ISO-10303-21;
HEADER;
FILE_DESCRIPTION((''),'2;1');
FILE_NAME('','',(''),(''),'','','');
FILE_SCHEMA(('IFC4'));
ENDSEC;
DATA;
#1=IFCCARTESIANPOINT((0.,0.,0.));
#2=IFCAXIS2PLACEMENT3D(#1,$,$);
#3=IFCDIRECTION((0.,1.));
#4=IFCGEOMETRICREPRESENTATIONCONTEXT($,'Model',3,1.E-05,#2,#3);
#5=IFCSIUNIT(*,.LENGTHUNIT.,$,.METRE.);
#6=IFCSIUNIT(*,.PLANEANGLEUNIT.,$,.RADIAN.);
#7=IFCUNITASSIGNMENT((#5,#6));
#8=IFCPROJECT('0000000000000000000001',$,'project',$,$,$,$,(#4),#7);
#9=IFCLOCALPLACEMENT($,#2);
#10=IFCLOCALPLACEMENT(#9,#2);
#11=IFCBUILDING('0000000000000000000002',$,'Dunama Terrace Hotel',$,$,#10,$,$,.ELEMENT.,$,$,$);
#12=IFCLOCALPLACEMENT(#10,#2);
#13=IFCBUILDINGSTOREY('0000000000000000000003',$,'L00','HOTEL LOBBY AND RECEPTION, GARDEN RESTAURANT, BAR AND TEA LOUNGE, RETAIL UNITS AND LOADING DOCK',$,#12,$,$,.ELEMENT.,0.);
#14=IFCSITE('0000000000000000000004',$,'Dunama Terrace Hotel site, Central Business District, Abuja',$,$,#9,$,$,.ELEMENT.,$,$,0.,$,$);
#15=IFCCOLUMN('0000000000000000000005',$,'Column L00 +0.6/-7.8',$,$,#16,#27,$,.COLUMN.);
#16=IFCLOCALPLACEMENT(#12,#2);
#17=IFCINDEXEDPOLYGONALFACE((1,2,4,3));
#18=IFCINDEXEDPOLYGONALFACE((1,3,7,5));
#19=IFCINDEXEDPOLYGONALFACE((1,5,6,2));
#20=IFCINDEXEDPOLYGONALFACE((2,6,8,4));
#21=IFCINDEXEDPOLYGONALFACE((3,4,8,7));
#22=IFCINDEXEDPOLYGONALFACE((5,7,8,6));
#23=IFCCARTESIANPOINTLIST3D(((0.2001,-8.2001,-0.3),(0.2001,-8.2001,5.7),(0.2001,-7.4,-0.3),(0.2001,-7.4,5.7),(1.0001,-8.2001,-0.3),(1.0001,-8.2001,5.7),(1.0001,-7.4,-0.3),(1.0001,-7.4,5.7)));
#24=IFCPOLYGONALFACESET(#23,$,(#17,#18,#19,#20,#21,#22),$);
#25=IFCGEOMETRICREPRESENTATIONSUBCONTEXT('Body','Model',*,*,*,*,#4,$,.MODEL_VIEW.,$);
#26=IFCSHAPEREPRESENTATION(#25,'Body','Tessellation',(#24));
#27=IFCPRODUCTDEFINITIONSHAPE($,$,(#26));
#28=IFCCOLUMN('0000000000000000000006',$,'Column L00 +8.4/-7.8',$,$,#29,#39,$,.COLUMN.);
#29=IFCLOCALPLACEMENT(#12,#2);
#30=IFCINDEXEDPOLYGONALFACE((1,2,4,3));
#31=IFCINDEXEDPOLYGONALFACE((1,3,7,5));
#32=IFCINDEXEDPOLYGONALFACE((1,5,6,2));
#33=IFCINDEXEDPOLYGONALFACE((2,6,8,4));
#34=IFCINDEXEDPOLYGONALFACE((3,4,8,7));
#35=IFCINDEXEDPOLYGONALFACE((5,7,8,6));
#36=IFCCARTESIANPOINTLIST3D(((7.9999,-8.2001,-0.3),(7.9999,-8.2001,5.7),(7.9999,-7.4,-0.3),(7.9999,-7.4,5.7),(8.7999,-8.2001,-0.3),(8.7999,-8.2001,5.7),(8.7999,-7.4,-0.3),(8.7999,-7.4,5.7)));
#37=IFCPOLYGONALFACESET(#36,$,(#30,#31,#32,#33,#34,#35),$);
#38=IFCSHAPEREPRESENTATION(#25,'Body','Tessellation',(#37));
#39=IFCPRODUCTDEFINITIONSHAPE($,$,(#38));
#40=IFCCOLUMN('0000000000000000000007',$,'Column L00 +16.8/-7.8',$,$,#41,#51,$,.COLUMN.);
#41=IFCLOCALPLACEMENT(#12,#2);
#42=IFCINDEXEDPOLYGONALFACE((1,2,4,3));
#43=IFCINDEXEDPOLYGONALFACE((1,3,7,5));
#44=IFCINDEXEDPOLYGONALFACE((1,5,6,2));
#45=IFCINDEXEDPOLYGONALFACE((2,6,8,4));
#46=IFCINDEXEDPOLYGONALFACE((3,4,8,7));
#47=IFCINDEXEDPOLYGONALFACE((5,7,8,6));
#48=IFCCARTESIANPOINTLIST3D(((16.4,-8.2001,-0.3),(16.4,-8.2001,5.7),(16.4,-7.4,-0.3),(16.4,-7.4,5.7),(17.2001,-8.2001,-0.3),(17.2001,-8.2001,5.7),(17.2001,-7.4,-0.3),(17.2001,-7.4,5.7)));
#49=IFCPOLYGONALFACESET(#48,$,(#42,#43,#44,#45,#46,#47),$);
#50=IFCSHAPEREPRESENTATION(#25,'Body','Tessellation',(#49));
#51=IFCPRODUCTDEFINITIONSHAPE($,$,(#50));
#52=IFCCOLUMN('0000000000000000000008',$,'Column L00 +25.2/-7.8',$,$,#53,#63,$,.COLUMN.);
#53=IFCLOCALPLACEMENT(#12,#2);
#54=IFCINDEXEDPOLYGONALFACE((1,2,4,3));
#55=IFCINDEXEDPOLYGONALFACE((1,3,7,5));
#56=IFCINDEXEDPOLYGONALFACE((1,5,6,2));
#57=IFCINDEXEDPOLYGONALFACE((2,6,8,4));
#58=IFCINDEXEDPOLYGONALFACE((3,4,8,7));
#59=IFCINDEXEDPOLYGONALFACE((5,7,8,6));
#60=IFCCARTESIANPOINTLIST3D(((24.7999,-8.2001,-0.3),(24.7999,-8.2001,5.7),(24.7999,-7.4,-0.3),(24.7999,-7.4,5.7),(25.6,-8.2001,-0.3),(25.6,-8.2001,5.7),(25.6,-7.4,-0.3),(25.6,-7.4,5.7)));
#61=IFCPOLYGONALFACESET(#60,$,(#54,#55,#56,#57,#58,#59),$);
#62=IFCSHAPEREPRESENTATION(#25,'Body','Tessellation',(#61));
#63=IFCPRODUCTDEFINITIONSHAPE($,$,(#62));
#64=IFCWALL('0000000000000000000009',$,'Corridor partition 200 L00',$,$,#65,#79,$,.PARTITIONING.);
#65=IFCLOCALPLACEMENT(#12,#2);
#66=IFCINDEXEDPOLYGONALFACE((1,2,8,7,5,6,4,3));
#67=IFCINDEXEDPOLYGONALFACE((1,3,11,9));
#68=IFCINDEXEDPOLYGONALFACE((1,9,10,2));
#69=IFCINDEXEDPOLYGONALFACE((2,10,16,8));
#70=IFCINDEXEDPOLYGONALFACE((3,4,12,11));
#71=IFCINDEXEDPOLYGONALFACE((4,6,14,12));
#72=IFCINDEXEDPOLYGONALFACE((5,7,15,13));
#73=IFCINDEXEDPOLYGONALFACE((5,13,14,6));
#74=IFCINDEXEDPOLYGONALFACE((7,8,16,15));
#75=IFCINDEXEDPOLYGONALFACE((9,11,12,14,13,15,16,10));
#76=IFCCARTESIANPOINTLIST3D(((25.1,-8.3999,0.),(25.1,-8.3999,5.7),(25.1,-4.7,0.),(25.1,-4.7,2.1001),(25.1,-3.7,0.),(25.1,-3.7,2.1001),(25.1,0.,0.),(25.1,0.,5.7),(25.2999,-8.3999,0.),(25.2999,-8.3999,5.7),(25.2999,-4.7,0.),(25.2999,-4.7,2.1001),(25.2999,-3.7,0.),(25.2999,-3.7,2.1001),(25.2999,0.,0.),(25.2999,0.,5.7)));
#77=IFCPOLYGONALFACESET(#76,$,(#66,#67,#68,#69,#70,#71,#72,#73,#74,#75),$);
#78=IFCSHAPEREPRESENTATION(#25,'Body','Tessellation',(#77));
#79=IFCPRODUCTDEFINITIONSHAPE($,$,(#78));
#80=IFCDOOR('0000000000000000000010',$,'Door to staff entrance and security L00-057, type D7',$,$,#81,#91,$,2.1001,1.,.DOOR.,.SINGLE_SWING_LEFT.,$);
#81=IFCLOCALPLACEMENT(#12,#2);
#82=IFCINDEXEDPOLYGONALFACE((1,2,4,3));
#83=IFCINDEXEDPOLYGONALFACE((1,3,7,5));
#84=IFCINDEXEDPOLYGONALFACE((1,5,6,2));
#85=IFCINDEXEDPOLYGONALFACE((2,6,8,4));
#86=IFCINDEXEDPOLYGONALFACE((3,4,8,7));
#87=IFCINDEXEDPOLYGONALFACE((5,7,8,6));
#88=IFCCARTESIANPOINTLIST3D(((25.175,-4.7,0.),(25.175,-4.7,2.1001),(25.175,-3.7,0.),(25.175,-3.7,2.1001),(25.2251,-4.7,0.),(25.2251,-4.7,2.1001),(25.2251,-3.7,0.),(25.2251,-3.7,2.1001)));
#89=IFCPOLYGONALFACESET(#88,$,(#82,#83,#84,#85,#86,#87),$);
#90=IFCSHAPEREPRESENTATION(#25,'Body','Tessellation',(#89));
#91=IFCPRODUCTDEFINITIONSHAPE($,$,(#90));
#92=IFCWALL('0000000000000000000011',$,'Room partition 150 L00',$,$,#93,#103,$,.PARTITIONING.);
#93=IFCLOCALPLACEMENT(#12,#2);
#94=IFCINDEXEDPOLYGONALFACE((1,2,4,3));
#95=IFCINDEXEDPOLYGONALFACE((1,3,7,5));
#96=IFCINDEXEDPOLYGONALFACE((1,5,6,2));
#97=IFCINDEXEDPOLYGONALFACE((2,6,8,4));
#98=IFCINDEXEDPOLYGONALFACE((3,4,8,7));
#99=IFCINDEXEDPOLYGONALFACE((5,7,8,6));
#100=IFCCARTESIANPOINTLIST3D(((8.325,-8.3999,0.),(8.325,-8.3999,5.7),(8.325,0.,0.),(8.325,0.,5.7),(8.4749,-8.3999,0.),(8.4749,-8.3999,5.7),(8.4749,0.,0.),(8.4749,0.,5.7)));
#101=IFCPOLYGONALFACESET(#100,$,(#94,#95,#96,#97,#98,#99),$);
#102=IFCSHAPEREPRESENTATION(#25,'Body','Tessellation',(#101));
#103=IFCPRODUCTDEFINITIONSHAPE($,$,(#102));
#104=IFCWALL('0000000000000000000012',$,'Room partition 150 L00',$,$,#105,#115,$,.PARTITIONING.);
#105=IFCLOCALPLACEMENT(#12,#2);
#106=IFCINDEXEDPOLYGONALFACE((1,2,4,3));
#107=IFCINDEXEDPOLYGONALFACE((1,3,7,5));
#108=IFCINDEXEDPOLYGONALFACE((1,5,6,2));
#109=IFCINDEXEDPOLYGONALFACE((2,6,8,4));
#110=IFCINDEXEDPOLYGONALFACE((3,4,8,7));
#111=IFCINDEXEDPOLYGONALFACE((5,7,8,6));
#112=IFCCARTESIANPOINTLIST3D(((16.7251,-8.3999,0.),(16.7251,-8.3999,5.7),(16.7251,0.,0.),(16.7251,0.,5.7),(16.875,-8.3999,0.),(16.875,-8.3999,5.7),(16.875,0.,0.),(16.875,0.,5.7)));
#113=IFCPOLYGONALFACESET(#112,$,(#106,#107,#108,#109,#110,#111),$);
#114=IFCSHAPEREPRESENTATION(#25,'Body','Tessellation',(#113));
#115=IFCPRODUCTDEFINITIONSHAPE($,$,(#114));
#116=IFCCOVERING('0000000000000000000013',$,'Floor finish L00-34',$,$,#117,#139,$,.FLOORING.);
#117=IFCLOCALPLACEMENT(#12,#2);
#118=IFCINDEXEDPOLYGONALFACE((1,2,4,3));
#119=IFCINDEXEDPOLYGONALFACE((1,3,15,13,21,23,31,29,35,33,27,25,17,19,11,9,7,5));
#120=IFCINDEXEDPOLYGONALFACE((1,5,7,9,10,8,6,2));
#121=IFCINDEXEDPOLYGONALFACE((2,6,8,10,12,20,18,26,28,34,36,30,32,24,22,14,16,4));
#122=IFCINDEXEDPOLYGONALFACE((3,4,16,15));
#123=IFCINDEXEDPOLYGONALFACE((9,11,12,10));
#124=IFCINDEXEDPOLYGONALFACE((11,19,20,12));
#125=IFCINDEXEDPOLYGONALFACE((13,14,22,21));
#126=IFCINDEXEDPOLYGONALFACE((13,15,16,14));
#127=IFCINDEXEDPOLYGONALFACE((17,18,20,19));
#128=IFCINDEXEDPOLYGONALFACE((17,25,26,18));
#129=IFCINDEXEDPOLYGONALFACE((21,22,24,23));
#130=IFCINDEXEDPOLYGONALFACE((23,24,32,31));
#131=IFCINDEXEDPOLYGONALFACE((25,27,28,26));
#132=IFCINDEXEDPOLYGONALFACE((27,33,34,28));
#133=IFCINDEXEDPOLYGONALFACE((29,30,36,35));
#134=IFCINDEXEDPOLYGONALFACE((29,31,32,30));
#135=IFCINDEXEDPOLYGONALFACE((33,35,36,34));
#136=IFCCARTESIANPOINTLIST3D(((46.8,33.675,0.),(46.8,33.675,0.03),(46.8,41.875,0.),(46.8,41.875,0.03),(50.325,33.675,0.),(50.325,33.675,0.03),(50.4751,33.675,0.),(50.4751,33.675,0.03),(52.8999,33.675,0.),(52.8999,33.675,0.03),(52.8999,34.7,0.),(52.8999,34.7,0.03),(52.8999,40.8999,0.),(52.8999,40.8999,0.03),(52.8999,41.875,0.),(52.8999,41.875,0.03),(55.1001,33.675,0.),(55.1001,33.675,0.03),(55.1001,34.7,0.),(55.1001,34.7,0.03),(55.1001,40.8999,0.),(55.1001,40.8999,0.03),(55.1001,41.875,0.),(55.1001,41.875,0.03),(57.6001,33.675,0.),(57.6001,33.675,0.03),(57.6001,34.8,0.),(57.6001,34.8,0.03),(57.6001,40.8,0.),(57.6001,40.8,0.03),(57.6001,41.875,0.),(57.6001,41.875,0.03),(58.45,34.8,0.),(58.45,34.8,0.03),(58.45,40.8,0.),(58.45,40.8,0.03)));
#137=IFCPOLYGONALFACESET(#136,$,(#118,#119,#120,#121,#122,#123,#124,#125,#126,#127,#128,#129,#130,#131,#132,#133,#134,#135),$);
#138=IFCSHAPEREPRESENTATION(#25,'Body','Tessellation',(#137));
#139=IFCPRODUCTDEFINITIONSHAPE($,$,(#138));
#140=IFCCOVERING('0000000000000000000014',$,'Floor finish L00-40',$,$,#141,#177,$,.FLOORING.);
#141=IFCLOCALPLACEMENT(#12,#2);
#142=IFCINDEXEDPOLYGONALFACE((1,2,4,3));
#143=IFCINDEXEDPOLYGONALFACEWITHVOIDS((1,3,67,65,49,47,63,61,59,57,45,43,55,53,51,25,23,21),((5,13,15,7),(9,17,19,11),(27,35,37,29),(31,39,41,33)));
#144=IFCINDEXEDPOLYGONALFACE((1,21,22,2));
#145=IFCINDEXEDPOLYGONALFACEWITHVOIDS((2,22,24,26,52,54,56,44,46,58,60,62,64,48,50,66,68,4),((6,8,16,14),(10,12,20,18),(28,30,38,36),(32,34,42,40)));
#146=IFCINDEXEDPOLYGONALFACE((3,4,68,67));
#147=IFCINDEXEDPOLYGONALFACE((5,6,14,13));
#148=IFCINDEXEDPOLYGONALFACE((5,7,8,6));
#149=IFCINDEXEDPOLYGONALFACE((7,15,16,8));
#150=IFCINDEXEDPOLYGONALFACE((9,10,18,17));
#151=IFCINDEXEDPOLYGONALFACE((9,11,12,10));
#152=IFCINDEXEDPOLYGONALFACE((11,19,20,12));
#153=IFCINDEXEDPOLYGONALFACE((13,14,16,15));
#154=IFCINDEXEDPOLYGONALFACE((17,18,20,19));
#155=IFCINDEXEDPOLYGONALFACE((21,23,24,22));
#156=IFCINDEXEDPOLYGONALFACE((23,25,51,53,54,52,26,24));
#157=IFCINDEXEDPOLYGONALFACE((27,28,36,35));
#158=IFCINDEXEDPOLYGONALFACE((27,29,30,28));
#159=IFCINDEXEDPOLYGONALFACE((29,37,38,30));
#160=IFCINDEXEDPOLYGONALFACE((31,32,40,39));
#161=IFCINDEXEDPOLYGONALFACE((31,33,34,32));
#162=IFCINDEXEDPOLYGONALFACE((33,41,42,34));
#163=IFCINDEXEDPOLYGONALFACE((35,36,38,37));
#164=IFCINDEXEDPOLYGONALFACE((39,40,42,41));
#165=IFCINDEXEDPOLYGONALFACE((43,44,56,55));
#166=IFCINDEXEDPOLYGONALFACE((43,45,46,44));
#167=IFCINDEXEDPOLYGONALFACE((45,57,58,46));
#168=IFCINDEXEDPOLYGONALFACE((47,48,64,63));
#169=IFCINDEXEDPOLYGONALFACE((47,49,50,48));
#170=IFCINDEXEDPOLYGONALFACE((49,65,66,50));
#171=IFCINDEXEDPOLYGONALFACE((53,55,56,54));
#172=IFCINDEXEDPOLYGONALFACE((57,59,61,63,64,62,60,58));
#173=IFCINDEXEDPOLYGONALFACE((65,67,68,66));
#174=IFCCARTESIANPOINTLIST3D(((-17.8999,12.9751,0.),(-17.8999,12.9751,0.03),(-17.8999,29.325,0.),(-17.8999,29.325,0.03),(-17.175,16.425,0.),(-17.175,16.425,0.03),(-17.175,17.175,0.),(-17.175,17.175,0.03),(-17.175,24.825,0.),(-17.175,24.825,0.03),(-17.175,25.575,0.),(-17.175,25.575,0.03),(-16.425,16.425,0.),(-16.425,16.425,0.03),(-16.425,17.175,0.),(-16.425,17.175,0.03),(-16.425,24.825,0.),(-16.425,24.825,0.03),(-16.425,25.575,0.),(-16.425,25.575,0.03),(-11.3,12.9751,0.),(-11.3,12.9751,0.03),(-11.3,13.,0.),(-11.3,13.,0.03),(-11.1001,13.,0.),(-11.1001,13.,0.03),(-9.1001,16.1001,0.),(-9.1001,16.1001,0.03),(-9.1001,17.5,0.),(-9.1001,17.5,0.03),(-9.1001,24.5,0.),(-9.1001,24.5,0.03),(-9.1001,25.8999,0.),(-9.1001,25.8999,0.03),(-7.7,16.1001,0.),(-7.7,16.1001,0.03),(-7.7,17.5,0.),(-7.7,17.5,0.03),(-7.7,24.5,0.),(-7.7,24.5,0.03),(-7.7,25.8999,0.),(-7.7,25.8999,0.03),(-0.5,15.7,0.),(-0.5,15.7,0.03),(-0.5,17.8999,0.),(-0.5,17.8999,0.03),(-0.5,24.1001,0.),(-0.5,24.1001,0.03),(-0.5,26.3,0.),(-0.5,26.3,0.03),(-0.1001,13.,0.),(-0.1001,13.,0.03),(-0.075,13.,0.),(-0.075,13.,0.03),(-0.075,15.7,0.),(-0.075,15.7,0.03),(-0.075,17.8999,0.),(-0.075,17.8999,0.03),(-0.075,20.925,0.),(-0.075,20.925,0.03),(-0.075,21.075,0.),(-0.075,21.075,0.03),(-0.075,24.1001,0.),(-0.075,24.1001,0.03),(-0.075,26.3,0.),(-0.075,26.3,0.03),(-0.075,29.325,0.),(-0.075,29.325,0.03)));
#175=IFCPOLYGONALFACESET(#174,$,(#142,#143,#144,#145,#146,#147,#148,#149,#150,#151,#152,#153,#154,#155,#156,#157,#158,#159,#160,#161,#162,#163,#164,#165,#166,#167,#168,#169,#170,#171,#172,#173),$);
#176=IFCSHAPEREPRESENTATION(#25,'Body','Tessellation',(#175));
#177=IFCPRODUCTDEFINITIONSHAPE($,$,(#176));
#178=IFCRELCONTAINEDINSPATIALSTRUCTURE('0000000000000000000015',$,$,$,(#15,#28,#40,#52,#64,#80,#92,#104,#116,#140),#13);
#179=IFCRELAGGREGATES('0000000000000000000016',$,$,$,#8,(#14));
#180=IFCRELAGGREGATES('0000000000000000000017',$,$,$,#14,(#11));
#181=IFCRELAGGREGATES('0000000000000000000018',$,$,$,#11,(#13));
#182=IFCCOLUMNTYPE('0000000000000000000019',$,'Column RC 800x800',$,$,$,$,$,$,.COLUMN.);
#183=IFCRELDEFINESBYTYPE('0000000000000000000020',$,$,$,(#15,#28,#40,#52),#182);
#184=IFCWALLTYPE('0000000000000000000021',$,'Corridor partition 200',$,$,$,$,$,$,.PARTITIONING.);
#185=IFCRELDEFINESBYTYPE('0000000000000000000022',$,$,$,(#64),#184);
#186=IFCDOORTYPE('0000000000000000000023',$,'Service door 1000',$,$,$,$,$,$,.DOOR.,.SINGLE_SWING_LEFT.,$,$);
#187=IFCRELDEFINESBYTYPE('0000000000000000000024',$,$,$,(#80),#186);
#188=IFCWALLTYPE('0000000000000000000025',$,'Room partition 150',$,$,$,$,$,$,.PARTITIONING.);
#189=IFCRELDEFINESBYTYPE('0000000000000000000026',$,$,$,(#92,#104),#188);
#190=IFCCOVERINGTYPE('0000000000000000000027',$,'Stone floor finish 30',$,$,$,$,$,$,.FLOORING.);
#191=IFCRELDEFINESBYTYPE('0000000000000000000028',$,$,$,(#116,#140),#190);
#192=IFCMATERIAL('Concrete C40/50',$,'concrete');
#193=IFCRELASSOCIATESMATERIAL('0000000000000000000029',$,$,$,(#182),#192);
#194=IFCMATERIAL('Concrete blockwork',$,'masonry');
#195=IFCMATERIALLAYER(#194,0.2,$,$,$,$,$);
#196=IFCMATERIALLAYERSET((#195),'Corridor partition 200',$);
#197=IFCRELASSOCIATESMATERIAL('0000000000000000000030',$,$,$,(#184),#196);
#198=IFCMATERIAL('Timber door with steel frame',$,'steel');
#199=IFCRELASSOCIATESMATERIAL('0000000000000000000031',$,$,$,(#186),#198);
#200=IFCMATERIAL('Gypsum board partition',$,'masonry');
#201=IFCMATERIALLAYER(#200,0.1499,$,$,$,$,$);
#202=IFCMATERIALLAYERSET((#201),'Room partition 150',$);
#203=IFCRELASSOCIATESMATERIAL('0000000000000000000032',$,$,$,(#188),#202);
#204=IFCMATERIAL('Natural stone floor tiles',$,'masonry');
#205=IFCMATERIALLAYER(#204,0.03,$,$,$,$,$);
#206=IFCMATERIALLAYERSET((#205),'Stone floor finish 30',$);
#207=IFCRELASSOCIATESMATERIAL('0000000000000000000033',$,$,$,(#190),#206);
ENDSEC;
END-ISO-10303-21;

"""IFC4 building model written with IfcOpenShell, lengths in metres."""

from ifc_helpers import new_model, si_unit, direction, frame, frame_2d, origin, origin_2d, place, context, subcontext, project, spatial, polyline, rectangle, outline, extrude, material, layer, layer_set, material_profile, profile_set, type_object, element, fill, save


model = new_model("IFC4")

# Units and contexts
model_context = context("Model", 3, precision=1e-05, world=origin(), true_north=direction((0.0, 1.0)))
body_context = subcontext(model_context, "Body", "Model", "MODEL_VIEW")
ifc_project = project(units=[si_unit("LENGTHUNIT", "METRE"), si_unit("PLANEANGLEUNIT", "RADIAN")], contexts=[model_context])

# Site, building, storey
site_placement = place(None, origin())
site = spatial("IfcSite", under=ifc_project, at=site_placement, Name="Dunama Terrace Hotel site, Central Business District, Abuja", CompositionType="ELEMENT", RefElevation=0.0)
building_placement = place(site_placement, origin())
building = spatial("IfcBuilding", under=site, at=building_placement, Name="Dunama Terrace Hotel", CompositionType="ELEMENT")
storey_placement = place(building_placement, origin())
storey = spatial("IfcBuildingStorey", under=building, at=storey_placement, Name="L00", Description="HOTEL LOBBY AND RECEPTION, GARDEN RESTAURANT, BAR AND TEA LOUNGE, RETAIL UNITS AND LOADING DOCK", CompositionType="ELEMENT", Elevation=0.0)

# Columns
ifc_material_1 = material(Name="Concrete C40/50", Category="concrete")
ifc_material_profile = material_profile(ifc_material_1, rectangle(XDim=0.8, YDim=0.8, at=origin_2d()), Name="RC 800x800")
ifc_profile_set = profile_set([ifc_material_profile], Name="Concrete C40/50")
column_type = type_object("IfcColumnType", Name="Column RC 800x800", PredefinedType="COLUMN", material=ifc_profile_set)
for number, where, z_axis, x_axis, name in (
    (1, (0.6001, -7.8, -0.3), (0.0, 0.0, 1.0), (1.0, 0.0, 0.0), "Column L00 +0.6/-7.8"),
    (2, (8.3999, -7.8, -0.3), (0.0, 0.0, 1.0), (1.0, 0.0, 0.0), "Column L00 +8.4/-7.8"),
    (3, (16.8, -7.8, -0.3), (0.0, 0.0, 1.0), (1.0, 0.0, 0.0), "Column L00 +16.8/-7.8"),
    (4, (25.2, -7.8, -0.3), (0.0, 0.0, 1.0), (1.0, 0.0, 0.0), "Column L00 +25.2/-7.8"),
):
    element("IfcColumn", number, at=place(storey_placement, frame(where, z_axis=z_axis, x_axis=x_axis)), inside=storey, type_object=column_type, Name=name, PredefinedType="COLUMN", context=body_context, shape_type="SweptSolid", body=[
        extrude(rectangle(XDim=0.8, YDim=0.8, at=origin_2d()), origin(), (0.0, 0.0, 1.0), 6.0),
    ])

# Wall, opening, door
ifc_material_2 = material(Name="Concrete blockwork", Category="masonry")
ifc_layer_1 = layer(ifc_material_2, 0.2)
ifc_layer_set_1 = layer_set([ifc_layer_1], Name="Corridor partition 200")
wall_type_1 = type_object("IfcWallType", Name="Corridor partition 200", PredefinedType="PARTITIONING", material=ifc_layer_set_1)
wall_placement = place(storey_placement, frame((25.2, -8.3999, 0.0), z_axis=(0.0, 0.0, 1.0), x_axis=(0.0, 1.0, 0.0)))
wall = element("IfcWall", 5, at=wall_placement, inside=storey, type_object=wall_type_1, Name="Corridor partition 200 L00", PredefinedType="PARTITIONING", context=body_context, shape_type="SweptSolid", body=[
    extrude(rectangle(XDim=8.3999, YDim=0.2, at=frame_2d((4.2, 0.0))), origin(), (0.0, 0.0, 1.0), 5.7),
])
opening_placement = place(wall_placement, frame((3.7, 0.0, 0.0)))
opening = element("IfcOpeningElement", 6, at=opening_placement, cuts=wall, PredefinedType="OPENING", context=body_context, shape_type="SweptSolid", body=[
    extrude(rectangle(XDim=1.0, YDim=2.1001, at=frame_2d((0.5, 1.05))), frame((0.0, 0.1099, 0.0), z_axis=(0.0, -1.0, 0.0), x_axis=(1.0, 0.0, 0.0)), (0.0, 0.0, 1.0), 0.22),
])
ifc_material_3 = material(Name="Timber door with steel frame", Category="steel")
door_type = type_object("IfcDoorType", Name="Service door 1000", OperationType="SINGLE_SWING_LEFT", PredefinedType="DOOR", material=ifc_material_3)
door_placement = place(opening_placement, origin())
door = element("IfcDoor", 7, at=door_placement, inside=storey, type_object=door_type, Name="Door to staff entrance and security L00-057, type D7", OperationType="SINGLE_SWING_LEFT", OverallHeight=2.1001, OverallWidth=1.0, PredefinedType="DOOR", context=body_context, shape_type="SweptSolid", body=[
    extrude(rectangle(XDim=1.0, YDim=2.1001, at=frame_2d((0.5, 1.05))), frame((0.0, 0.0249, 0.0), z_axis=(0.0, -1.0, 0.0), x_axis=(1.0, 0.0, 0.0)), (0.0, 0.0, 1.0), 0.05),
])
fill(opening, door)

# Walls
ifc_material_4 = material(Name="Gypsum board partition", Category="masonry")
ifc_layer_2 = layer(ifc_material_4, 0.1499)
ifc_layer_set_2 = layer_set([ifc_layer_2], Name="Room partition 150")
wall_type_2 = type_object("IfcWallType", Name="Room partition 150", PredefinedType="PARTITIONING", material=ifc_layer_set_2)
for number, where, z_axis, x_axis, name in (
    (8, (8.3999, -8.3999, 0.0), (0.0, 0.0, 1.0), (0.0, 1.0, 0.0), "Room partition 150 L00"),
    (9, (16.8, -8.3999, 0.0), (0.0, 0.0, 1.0), (0.0, 1.0, 0.0), "Room partition 150 L00"),
):
    element("IfcWall", number, at=place(storey_placement, frame(where, z_axis=z_axis, x_axis=x_axis)), inside=storey, type_object=wall_type_2, Name=name, PredefinedType="PARTITIONING", context=body_context, shape_type="SweptSolid", body=[
        extrude(rectangle(XDim=8.3999, YDim=0.1499, at=frame_2d((4.2, 0.0))), origin(), (0.0, 0.0, 1.0), 5.7),
    ])

# Coverings
ifc_material_5 = material(Name="Natural stone floor tiles", Category="masonry")
ifc_layer_3 = layer(ifc_material_5, 0.03)
ifc_layer_set_3 = layer_set([ifc_layer_3], Name="Stone floor finish 30")
covering_type_1 = type_object("IfcCoveringType", Name="Stone floor finish 30", PredefinedType="FLOORING", material=ifc_layer_set_3)
covering_1_placement = place(storey_placement, origin())
element("IfcCovering", 10, at=covering_1_placement, inside=storey, type_object=covering_type_1, Name="Floor finish L00-34", PredefinedType="FLOORING", context=body_context, shape_type="SweptSolid", body=[
    extrude(outline(polyline([(52.8999, 33.675), (52.8999, 34.7), (55.1001, 34.7), (55.1001, 33.675), (57.6001, 33.675), (57.6001, 34.8), (58.45, 34.8), (58.45, 40.8), (57.6001, 40.8), (57.6001, 41.875), (55.1001, 41.875), (55.1001, 40.8999), (52.8999, 40.8999), (52.8999, 41.875), (46.8, 41.875), (46.8, 33.675), (50.325, 33.675), (50.4751, 33.675), (52.8999, 33.675)])), origin(), (0.0, 0.0, 1.0), 0.03),
])
covering_2_placement = place(storey_placement, origin())
element("IfcCovering", 11, at=covering_2_placement, inside=storey, type_object=covering_type_1, Name="Floor finish L00-40", PredefinedType="FLOORING", context=body_context, shape_type="SweptSolid", body=[
    extrude(outline(polyline([(-17.8999, 12.9751), (-11.3, 12.9751), (-11.3, 13.0), (-11.1001, 13.0), (-0.1001, 13.0), (-0.075, 13.0), (-0.075, 15.7), (-0.5, 15.7), (-0.5, 17.8999), (-0.075, 17.8999), (-0.075, 20.925), (-0.075, 21.075), (-0.075, 24.1001), (-0.5, 24.1001), (-0.5, 26.3), (-0.075, 26.3), (-0.075, 29.325), (-17.8999, 29.325), (-17.8999, 12.9751)]), holes=[polyline([(-16.425, 17.175), (-16.425, 16.425), (-17.175, 16.425), (-17.175, 17.175), (-16.425, 17.175)]), polyline([(-16.425, 25.575), (-16.425, 24.825), (-17.175, 24.825), (-17.175, 25.575), (-16.425, 25.575)]), polyline([(-7.7, 17.5), (-7.7, 16.1001), (-9.1001, 16.1001), (-9.1001, 17.5), (-7.7, 17.5)]), polyline([(-7.7, 25.8999), (-7.7, 24.5), (-9.1001, 24.5), (-9.1001, 25.8999), (-7.7, 25.8999)])]), origin(), (0.0, 0.0, 1.0), 0.03),
])

save(model, "model.ifc")
